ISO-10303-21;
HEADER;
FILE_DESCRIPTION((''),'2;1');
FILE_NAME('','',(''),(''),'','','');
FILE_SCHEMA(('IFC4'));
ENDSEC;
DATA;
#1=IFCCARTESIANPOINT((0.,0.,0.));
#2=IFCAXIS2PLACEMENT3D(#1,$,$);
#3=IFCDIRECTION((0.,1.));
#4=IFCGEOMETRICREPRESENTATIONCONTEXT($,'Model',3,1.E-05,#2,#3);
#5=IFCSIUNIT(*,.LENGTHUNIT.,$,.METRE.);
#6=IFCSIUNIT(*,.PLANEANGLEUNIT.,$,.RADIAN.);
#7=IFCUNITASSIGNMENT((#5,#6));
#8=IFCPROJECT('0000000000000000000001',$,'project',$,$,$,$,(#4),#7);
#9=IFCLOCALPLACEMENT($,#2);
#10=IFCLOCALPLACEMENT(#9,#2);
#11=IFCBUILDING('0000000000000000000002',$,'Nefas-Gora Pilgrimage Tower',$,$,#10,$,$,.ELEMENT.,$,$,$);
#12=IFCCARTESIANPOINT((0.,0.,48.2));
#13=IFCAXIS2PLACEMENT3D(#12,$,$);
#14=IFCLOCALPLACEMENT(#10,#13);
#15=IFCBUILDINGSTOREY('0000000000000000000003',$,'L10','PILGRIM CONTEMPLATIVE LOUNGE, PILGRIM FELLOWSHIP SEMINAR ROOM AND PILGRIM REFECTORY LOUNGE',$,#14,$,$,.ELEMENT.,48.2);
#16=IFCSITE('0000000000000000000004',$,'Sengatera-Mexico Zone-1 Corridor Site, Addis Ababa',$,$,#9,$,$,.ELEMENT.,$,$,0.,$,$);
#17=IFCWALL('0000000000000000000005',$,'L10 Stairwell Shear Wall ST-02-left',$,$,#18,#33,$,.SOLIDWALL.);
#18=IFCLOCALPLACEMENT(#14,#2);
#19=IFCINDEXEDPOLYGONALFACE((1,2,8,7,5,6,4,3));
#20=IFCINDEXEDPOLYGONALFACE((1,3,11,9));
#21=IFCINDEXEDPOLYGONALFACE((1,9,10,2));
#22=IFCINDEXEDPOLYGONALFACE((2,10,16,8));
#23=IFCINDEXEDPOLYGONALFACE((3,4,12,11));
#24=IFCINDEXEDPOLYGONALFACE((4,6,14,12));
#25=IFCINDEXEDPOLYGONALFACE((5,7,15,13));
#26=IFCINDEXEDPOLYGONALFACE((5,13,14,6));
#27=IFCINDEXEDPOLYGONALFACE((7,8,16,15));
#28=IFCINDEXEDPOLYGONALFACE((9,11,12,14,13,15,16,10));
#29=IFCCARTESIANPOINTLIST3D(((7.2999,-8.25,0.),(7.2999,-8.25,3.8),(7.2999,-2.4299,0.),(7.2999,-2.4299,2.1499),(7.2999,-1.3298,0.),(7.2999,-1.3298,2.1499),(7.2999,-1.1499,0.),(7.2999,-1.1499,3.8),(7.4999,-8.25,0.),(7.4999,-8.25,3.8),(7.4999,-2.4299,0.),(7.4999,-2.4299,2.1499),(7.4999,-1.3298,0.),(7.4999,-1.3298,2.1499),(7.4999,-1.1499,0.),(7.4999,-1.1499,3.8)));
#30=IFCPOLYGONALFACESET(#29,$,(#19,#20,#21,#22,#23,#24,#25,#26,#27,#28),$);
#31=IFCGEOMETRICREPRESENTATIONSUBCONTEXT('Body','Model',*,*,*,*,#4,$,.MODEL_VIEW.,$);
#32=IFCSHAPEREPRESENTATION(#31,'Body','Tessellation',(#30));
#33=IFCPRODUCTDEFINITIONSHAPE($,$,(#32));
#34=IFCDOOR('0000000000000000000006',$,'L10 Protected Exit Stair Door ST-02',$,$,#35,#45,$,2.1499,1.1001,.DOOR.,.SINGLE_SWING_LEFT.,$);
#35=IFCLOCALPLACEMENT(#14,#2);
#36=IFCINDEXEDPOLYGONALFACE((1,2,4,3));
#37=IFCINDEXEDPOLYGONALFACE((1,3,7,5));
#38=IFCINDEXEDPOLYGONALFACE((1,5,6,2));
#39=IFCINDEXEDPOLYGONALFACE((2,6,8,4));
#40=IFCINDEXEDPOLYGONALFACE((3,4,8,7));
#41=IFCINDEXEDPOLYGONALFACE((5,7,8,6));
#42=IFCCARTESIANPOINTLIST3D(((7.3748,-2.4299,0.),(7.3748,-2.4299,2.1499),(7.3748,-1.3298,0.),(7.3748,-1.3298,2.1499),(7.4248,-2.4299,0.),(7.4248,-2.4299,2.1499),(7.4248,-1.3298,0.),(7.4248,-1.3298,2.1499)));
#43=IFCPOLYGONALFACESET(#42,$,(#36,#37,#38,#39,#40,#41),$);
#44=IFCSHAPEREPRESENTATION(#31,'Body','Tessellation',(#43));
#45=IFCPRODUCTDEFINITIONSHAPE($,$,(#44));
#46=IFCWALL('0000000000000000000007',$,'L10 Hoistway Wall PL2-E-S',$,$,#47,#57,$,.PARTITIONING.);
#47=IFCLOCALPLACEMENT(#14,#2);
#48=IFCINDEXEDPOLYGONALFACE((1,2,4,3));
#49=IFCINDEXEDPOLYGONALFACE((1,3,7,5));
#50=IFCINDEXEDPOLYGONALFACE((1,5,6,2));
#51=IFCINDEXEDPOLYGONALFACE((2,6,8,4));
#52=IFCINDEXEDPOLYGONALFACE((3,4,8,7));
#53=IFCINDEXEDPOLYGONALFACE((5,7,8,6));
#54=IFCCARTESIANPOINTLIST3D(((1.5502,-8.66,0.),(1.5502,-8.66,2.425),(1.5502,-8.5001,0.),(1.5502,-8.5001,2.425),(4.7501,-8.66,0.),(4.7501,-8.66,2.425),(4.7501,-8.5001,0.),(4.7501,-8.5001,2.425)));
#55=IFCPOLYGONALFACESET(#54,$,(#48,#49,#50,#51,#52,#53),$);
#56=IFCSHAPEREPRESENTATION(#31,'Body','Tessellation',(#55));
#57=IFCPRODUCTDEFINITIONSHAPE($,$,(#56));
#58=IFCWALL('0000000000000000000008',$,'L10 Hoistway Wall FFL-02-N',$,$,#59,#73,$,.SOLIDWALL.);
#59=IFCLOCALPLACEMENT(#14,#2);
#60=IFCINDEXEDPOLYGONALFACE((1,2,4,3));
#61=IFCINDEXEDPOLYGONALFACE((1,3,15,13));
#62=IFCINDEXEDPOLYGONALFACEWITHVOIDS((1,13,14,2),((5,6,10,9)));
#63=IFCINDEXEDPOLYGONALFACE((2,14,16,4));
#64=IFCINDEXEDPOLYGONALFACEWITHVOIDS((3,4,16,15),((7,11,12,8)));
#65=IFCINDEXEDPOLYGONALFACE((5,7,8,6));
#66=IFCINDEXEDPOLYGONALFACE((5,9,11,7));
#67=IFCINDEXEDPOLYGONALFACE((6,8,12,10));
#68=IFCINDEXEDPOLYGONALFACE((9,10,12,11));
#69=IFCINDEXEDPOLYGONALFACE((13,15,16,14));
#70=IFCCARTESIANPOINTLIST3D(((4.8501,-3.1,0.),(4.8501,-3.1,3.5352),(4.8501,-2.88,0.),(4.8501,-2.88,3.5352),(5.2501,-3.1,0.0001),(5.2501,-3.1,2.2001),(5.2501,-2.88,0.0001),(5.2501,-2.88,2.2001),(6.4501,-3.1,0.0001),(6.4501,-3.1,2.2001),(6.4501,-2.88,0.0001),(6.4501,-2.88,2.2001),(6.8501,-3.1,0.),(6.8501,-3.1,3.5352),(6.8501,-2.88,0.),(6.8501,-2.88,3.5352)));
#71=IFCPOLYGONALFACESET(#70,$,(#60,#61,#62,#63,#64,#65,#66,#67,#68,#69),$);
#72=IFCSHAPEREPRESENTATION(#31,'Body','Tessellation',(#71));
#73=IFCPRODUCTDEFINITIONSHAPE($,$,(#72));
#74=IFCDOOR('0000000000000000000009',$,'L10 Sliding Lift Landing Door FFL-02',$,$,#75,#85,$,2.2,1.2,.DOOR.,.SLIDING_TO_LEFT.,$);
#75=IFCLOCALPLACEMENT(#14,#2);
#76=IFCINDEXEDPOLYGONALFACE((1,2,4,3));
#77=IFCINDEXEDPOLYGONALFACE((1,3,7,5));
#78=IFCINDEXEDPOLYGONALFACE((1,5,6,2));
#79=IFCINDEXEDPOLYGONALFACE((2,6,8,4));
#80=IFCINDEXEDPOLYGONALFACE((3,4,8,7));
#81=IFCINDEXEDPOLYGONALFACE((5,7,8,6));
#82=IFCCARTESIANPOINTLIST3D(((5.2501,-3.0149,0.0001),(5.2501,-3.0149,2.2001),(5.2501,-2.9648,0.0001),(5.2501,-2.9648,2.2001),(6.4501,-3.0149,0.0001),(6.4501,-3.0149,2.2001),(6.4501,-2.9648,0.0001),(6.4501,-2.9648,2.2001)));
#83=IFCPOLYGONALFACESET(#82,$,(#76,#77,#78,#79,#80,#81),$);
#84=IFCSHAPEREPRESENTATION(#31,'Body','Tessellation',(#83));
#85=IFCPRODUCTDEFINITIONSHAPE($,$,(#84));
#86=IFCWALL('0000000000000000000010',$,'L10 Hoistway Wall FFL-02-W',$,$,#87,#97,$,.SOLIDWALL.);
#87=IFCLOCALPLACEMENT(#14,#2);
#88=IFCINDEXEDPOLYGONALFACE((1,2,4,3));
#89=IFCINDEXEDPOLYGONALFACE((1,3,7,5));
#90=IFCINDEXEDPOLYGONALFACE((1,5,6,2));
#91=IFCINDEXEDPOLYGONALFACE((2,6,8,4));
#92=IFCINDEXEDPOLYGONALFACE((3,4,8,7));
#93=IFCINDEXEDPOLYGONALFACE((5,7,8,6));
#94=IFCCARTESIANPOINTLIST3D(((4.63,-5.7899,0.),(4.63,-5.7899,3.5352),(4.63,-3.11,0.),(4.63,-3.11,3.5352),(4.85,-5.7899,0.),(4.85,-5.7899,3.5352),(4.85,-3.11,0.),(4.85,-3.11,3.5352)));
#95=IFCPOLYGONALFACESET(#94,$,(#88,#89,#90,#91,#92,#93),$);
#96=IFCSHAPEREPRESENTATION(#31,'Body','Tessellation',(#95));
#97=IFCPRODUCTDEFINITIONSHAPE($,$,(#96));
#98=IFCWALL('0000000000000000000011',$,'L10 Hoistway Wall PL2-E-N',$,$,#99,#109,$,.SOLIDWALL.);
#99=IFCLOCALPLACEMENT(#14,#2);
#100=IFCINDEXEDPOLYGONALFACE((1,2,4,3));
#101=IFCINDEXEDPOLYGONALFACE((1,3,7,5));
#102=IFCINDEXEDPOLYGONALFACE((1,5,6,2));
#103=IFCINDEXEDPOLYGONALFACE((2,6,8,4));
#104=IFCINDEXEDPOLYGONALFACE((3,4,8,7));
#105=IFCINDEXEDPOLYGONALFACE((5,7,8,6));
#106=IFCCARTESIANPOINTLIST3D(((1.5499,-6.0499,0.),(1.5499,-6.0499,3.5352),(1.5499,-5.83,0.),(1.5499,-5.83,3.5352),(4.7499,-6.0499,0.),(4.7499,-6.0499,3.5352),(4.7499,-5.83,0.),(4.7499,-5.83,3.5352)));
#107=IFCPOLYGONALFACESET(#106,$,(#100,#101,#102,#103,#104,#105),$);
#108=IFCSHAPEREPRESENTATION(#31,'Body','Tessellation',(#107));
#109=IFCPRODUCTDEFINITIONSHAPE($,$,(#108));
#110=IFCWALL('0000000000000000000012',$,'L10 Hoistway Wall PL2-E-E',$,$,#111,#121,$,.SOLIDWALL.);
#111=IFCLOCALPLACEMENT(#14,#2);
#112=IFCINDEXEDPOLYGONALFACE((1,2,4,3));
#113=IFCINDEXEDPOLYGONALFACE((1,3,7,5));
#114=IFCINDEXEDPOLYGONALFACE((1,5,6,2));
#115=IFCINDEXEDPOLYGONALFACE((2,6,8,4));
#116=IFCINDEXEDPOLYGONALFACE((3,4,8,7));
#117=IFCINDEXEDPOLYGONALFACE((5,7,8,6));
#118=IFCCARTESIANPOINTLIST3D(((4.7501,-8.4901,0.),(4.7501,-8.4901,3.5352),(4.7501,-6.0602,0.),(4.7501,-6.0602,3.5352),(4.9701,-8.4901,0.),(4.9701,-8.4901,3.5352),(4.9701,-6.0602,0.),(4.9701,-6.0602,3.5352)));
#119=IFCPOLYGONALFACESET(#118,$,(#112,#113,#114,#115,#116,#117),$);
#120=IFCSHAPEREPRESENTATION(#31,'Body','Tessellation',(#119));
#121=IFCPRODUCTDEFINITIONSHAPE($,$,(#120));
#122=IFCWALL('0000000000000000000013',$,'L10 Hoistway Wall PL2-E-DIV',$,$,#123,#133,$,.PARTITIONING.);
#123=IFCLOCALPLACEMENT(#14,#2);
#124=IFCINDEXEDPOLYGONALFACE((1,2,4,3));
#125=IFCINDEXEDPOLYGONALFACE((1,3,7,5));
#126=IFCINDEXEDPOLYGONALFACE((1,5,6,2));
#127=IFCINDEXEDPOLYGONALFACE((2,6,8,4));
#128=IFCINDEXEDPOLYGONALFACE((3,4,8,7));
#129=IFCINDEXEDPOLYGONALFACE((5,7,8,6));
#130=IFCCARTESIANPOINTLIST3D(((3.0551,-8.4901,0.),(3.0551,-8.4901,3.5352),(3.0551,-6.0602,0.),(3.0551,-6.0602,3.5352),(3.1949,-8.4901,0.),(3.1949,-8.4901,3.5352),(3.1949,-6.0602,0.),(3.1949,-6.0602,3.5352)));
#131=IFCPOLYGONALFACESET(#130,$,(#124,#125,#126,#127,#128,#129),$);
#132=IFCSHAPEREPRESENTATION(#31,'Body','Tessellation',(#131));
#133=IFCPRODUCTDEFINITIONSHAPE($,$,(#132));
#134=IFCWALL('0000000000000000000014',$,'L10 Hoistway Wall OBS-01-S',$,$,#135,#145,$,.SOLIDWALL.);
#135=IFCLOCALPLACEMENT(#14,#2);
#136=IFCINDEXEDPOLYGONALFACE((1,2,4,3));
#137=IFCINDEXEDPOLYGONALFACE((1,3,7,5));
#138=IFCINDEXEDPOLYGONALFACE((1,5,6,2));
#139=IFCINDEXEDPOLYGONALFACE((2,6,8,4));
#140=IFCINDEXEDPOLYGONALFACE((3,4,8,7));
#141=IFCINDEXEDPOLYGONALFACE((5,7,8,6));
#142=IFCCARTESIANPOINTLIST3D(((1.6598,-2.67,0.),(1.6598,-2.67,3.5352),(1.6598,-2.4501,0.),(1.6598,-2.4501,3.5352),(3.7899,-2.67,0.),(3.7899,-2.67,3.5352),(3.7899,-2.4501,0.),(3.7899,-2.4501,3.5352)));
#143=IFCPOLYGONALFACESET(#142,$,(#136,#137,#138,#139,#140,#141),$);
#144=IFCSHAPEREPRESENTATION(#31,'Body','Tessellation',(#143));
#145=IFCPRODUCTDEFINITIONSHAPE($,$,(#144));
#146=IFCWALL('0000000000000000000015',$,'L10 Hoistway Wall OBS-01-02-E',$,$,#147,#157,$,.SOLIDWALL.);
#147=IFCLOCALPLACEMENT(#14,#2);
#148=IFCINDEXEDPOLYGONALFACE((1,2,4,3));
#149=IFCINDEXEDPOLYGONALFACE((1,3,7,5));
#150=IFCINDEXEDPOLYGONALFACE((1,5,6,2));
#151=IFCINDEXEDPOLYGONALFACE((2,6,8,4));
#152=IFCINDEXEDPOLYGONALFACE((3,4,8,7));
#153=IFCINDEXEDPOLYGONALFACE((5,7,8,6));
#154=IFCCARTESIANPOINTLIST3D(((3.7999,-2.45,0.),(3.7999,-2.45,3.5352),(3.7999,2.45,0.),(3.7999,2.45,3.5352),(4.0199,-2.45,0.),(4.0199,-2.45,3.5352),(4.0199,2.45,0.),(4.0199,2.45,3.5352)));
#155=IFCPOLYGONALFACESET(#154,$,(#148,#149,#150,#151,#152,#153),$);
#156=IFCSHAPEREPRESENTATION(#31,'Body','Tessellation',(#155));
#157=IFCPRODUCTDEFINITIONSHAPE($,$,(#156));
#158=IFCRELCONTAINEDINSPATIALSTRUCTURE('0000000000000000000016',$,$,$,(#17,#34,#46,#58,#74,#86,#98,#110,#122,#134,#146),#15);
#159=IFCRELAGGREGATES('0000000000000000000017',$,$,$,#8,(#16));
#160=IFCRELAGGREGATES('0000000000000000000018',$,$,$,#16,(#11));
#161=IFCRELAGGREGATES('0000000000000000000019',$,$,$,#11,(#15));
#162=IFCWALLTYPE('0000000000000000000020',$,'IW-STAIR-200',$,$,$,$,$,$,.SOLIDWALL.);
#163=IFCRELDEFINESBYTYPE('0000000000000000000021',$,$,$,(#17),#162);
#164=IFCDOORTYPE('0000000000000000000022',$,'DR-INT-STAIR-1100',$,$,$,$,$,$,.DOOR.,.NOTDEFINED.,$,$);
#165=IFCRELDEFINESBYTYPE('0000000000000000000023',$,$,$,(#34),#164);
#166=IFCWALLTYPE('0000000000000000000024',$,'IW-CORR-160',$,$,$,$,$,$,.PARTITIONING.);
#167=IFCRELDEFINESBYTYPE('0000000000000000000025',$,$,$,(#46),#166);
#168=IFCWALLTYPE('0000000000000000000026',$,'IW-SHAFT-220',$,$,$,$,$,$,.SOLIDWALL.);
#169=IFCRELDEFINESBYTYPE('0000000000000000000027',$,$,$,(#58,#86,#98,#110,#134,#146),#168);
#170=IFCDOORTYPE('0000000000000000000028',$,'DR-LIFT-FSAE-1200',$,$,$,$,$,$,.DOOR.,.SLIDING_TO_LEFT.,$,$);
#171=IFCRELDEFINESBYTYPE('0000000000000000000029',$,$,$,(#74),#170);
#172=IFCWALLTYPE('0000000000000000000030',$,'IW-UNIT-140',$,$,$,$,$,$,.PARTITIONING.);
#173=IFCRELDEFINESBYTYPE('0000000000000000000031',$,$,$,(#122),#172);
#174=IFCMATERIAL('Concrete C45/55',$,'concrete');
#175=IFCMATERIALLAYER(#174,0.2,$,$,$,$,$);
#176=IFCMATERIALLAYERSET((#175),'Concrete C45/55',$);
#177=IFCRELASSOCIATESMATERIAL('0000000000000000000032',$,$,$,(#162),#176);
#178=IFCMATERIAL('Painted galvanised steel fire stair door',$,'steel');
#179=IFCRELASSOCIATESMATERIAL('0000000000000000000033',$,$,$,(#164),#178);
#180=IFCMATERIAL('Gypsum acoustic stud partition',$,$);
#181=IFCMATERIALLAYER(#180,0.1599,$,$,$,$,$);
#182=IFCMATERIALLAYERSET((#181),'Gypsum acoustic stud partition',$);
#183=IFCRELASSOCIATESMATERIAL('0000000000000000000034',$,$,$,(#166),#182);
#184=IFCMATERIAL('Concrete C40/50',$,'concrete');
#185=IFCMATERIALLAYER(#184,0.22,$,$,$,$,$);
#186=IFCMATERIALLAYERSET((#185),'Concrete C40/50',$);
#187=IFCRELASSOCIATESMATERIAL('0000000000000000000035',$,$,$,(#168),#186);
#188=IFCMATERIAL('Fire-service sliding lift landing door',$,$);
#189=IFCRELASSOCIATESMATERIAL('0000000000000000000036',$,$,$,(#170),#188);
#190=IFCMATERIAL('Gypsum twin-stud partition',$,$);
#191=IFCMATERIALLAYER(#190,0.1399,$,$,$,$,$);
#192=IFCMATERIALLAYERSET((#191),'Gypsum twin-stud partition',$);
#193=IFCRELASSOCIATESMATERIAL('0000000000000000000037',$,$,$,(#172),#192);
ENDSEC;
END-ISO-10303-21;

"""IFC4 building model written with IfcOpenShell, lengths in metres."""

from ifc_helpers import new_model, si_unit, direction, frame, frame_2d, origin, place, context, subcontext, project, spatial, rectangle, extrude, source, transform, mapped, material, layer, layer_set, type_object, element, fill, save


model = new_model("IFC4")

# Units and contexts
model_context = context("Model", 3, precision=1e-05, world=origin(), true_north=direction((0.0, 1.0)))
body_context = subcontext(model_context, "Body", "Model", "MODEL_VIEW")
ifc_project = project(units=[si_unit("LENGTHUNIT", "METRE"), si_unit("PLANEANGLEUNIT", "RADIAN")], contexts=[model_context])

# Site, building, storey
site_placement = place(None, origin())
site = spatial("IfcSite", under=ifc_project, at=site_placement, Name="Sengatera-Mexico Zone-1 Corridor Site, Addis Ababa", CompositionType="ELEMENT", RefElevation=0.0)
building_placement = place(site_placement, origin())
building = spatial("IfcBuilding", under=site, at=building_placement, Name="Nefas-Gora Pilgrimage Tower", CompositionType="ELEMENT")
storey_placement = place(building_placement, frame((0.0, 0.0, 48.2)))
storey = spatial("IfcBuildingStorey", under=building, at=storey_placement, Name="L10", Description="PILGRIM CONTEMPLATIVE LOUNGE, PILGRIM FELLOWSHIP SEMINAR ROOM AND PILGRIM REFECTORY LOUNGE", CompositionType="ELEMENT", Elevation=48.2)

# Shared definitions
ifc_material_1 = material(Name="Concrete C45/55", Category="concrete")
ifc_layer_1 = layer(ifc_material_1, 0.2)
ifc_layer_set_1 = layer_set([ifc_layer_1], Name="Concrete C45/55")
wall_type_1 = type_object("IfcWallType", Name="IW-STAIR-200", PredefinedType="SOLIDWALL", material=ifc_layer_set_1)

# Wall, opening, door
shared_shape_1 = source(origin(), body_context, "Body", "SweptSolid", [
    extrude(rectangle(XDim=7.1001, YDim=0.2, at=frame_2d((3.55, 0.0))), origin(), (0.0, 0.0, 1.0), 3.8),
])
wall_1_placement = place(storey_placement, frame((7.3999, -1.1499, 0.0), z_axis=(0.0, 0.0, 1.0), x_axis=(0.0, -1.0, 0.0)))
wall_1 = element("IfcWall", 1, at=wall_1_placement, inside=storey, type_object=wall_type_1, Name="L10 Stairwell Shear Wall ST-02-left", PredefinedType="SOLIDWALL", context=body_context, shape_type="MappedRepresentation", body=[
    mapped(shared_shape_1, transform((0.0, 0.0, 0.0), x_axis=(1.0, 0.0, 0.0), y_axis=(0.0, 1.0, 0.0), z_axis=(0.0, 0.0, 1.0), scale=1.0)),
])
opening_1_placement = place(wall_1_placement, frame((0.1799, 0.0, 0.0)))
opening_1 = element("IfcOpeningElement", 2, at=opening_1_placement, cuts=wall_1, PredefinedType="OPENING", context=body_context, shape_type="SweptSolid", body=[
    extrude(rectangle(XDim=1.1001, YDim=2.1499, at=frame_2d((0.55, 1.075))), frame((0.0, 0.1099, 0.0), z_axis=(0.0, -1.0, 0.0), x_axis=(1.0, 0.0, 0.0)), (0.0, 0.0, 1.0), 0.22),
])
ifc_material_2 = material(Name="Painted galvanised steel fire stair door", Category="steel")
door_type_1 = type_object("IfcDoorType", Name="DR-INT-STAIR-1100", OperationType="NOTDEFINED", PredefinedType="DOOR", material=ifc_material_2)
shared_shape_2 = source(origin(), body_context, "Body", "SweptSolid", [
    extrude(rectangle(XDim=1.1001, YDim=2.1499, at=frame_2d((0.55, 1.075))), frame((0.0, 0.0249, 0.0), z_axis=(0.0, -1.0, 0.0), x_axis=(1.0, 0.0, 0.0)), (0.0, 0.0, 1.0), 0.05),
])
door_1_placement = place(opening_1_placement, origin())
door_1 = element("IfcDoor", 3, at=door_1_placement, inside=storey, type_object=door_type_1, Name="L10 Protected Exit Stair Door ST-02", OperationType="SINGLE_SWING_LEFT", OverallHeight=2.1499, OverallWidth=1.1001, PredefinedType="DOOR", context=body_context, shape_type="MappedRepresentation", body=[
    mapped(shared_shape_2, transform((0.0, 0.0, 0.0), x_axis=(1.0, 0.0, 0.0), y_axis=(0.0, 1.0, 0.0), z_axis=(0.0, 0.0, 1.0), scale=1.0)),
])
fill(opening_1, door_1)

# Wall
ifc_material_3 = material(Name="Gypsum acoustic stud partition")
ifc_layer_2 = layer(ifc_material_3, 0.1599)
ifc_layer_set_2 = layer_set([ifc_layer_2], Name="Gypsum acoustic stud partition")
wall_type_2 = type_object("IfcWallType", Name="IW-CORR-160", PredefinedType="PARTITIONING", material=ifc_layer_set_2)
shared_shape_3 = source(origin(), body_context, "Body", "SweptSolid", [
    extrude(rectangle(XDim=3.2, YDim=0.1599, at=frame_2d((1.6001, 0.0))), origin(), (0.0, 0.0, 1.0), 2.425),
])
wall_2_placement = place(storey_placement, frame((1.55, -8.5801, 0.0), z_axis=(0.0, 0.0, 1.0), x_axis=(1.0, 0.0, 0.0)))
element("IfcWall", 4, at=wall_2_placement, inside=storey, type_object=wall_type_2, Name="L10 Hoistway Wall PL2-E-S", PredefinedType="PARTITIONING", context=body_context, shape_type="MappedRepresentation", body=[
    mapped(shared_shape_3, transform((0.0, 0.0, 0.0), x_axis=(1.0, 0.0, 0.0), y_axis=(0.0, 1.0, 0.0), z_axis=(0.0, 0.0, 1.0), scale=1.0)),
])

# Wall, opening, door
ifc_material_4 = material(Name="Concrete C40/50", Category="concrete")
ifc_layer_3 = layer(ifc_material_4, 0.22)
ifc_layer_set_3 = layer_set([ifc_layer_3], Name="Concrete C40/50")
wall_type_3 = type_object("IfcWallType", Name="IW-SHAFT-220", PredefinedType="SOLIDWALL", material=ifc_layer_set_3)
shared_shape_4 = source(origin(), body_context, "Body", "SweptSolid", [
    extrude(rectangle(XDim=2.0, YDim=0.22, at=frame_2d((1.0, 0.0))), origin(), (0.0, 0.0, 1.0), 3.5352),
])
wall_3_placement = place(storey_placement, frame((6.8501, -2.99, 0.0), z_axis=(0.0, 0.0, 1.0), x_axis=(-1.0, 0.0, 0.0)))
wall_3 = element("IfcWall", 5, at=wall_3_placement, inside=storey, type_object=wall_type_3, Name="L10 Hoistway Wall FFL-02-N", PredefinedType="SOLIDWALL", context=body_context, shape_type="MappedRepresentation", body=[
    mapped(shared_shape_4, transform((0.0, 0.0, 0.0), x_axis=(1.0, 0.0, 0.0), y_axis=(0.0, 1.0, 0.0), z_axis=(0.0, 0.0, 1.0), scale=1.0)),
])
opening_2_placement = place(wall_3_placement, frame((0.3999, 0.0, 0.0)))
opening_2 = element("IfcOpeningElement", 6, at=opening_2_placement, cuts=wall_3, PredefinedType="OPENING", context=body_context, shape_type="SweptSolid", body=[
    extrude(rectangle(XDim=1.2, YDim=2.2, at=frame_2d((0.6001, 1.1001))), frame((0.0, 0.1199, 0.0), z_axis=(0.0, -1.0, 0.0), x_axis=(1.0, 0.0, 0.0)), (0.0, 0.0, 1.0), 0.24),
])
ifc_material_5 = material(Name="Fire-service sliding lift landing door")
door_type_2 = type_object("IfcDoorType", Name="DR-LIFT-FSAE-1200", OperationType="SLIDING_TO_LEFT", PredefinedType="DOOR", material=ifc_material_5)
shared_shape_5 = source(origin(), body_context, "Body", "SweptSolid", [
    extrude(rectangle(XDim=1.2, YDim=2.2, at=frame_2d((0.6001, 1.1001))), frame((0.0, 0.0249, 0.0), z_axis=(0.0, -1.0, 0.0), x_axis=(1.0, 0.0, 0.0)), (0.0, 0.0, 1.0), 0.05),
])
door_2_placement = place(opening_2_placement, origin())
door_2 = element("IfcDoor", 7, at=door_2_placement, inside=storey, type_object=door_type_2, Name="L10 Sliding Lift Landing Door FFL-02", OperationType="SLIDING_TO_LEFT", OverallHeight=2.2, OverallWidth=1.2, PredefinedType="DOOR", context=body_context, shape_type="MappedRepresentation", body=[
    mapped(shared_shape_5, transform((0.0, 0.0, 0.0), x_axis=(1.0, 0.0, 0.0), y_axis=(0.0, 1.0, 0.0), z_axis=(0.0, 0.0, 1.0), scale=1.0)),
])
fill(opening_2, door_2)

# Walls
shared_shape_6 = source(origin(), body_context, "Body", "SweptSolid", [
    extrude(rectangle(XDim=2.6799, YDim=0.22, at=frame_2d((1.3398, 0.0))), origin(), (0.0, 0.0, 1.0), 3.5352),
])
wall_4_placement = place(storey_placement, frame((4.74, -3.1101, 0.0), z_axis=(0.0, 0.0, 1.0), x_axis=(0.0, -1.0, 0.0)))
element("IfcWall", 8, at=wall_4_placement, inside=storey, type_object=wall_type_3, Name="L10 Hoistway Wall FFL-02-W", PredefinedType="SOLIDWALL", context=body_context, shape_type="MappedRepresentation", body=[
    mapped(shared_shape_6, transform((0.0, 0.0, 0.0), x_axis=(1.0, 0.0, 0.0), y_axis=(0.0, 1.0, 0.0), z_axis=(0.0, 0.0, 1.0), scale=1.0)),
])
shared_shape_7 = source(origin(), body_context, "Body", "SweptSolid", [
    extrude(rectangle(XDim=3.2, YDim=0.22, at=frame_2d((1.6001, 0.0))), origin(), (0.0, 0.0, 1.0), 3.5352),
])
wall_5_placement = place(storey_placement, frame((4.75, -5.9399, 0.0), z_axis=(0.0, 0.0, 1.0), x_axis=(-1.0, 0.0, 0.0)))
element("IfcWall", 9, at=wall_5_placement, inside=storey, type_object=wall_type_3, Name="L10 Hoistway Wall PL2-E-N", PredefinedType="SOLIDWALL", context=body_context, shape_type="MappedRepresentation", body=[
    mapped(shared_shape_7, transform((0.0, 0.0, 0.0), x_axis=(1.0, 0.0, 0.0), y_axis=(0.0, 1.0, 0.0), z_axis=(0.0, 0.0, 1.0), scale=1.0)),
])
shared_shape_8 = source(origin(), body_context, "Body", "SweptSolid", [
    extrude(rectangle(XDim=2.4299, YDim=0.22, at=frame_2d((1.2148, 0.0))), origin(), (0.0, 0.0, 1.0), 3.5352),
])
for number, where, z_axis, x_axis, name in (
    (10, (4.8601, -8.49, 0.0), (0.0, 0.0, 1.0), (0.0, 1.0, 0.0), "L10 Hoistway Wall PL2-E-E"),
):
    element("IfcWall", number, at=place(storey_placement, frame(where, z_axis=z_axis, x_axis=x_axis)), inside=storey, type_object=wall_type_3, Name=name, PredefinedType="SOLIDWALL", context=body_context, shape_type="MappedRepresentation", body=[
        mapped(shared_shape_8, transform((0.0, 0.0, 0.0), x_axis=(1.0, 0.0, 0.0), y_axis=(0.0, 1.0, 0.0), z_axis=(0.0, 0.0, 1.0), scale=1.0)),
    ])
ifc_material_6 = material(Name="Gypsum twin-stud partition")
ifc_layer_4 = layer(ifc_material_6, 0.1399)
ifc_layer_set_4 = layer_set([ifc_layer_4], Name="Gypsum twin-stud partition")
wall_type_4 = type_object("IfcWallType", Name="IW-UNIT-140", PredefinedType="PARTITIONING", material=ifc_layer_set_4)
shared_shape_9 = source(origin(), body_context, "Body", "SweptSolid", [
    extrude(rectangle(XDim=2.4299, YDim=0.1399, at=frame_2d((1.2148, 0.0))), origin(), (0.0, 0.0, 1.0), 3.5352),
])
wall_6_placement = place(storey_placement, frame((3.125, -8.49, 0.0), z_axis=(0.0, 0.0, 1.0), x_axis=(0.0, 1.0, 0.0)))
element("IfcWall", 11, at=wall_6_placement, inside=storey, type_object=wall_type_4, Name="L10 Hoistway Wall PL2-E-DIV", PredefinedType="PARTITIONING", context=body_context, shape_type="MappedRepresentation", body=[
    mapped(shared_shape_9, transform((0.0, 0.0, 0.0), x_axis=(1.0, 0.0, 0.0), y_axis=(0.0, 1.0, 0.0), z_axis=(0.0, 0.0, 1.0), scale=1.0)),
])
shared_shape_10 = source(origin(), body_context, "Body", "SweptSolid", [
    extrude(rectangle(XDim=2.1301, YDim=0.22, at=frame_2d((1.0649, 0.0))), origin(), (0.0, 0.0, 1.0), 3.5352),
])
wall_7_placement = place(storey_placement, frame((1.6599, -2.5601, 0.0), z_axis=(0.0, 0.0, 1.0), x_axis=(1.0, 0.0, 0.0)))
element("IfcWall", 12, at=wall_7_placement, inside=storey, type_object=wall_type_3, Name="L10 Hoistway Wall OBS-01-S", PredefinedType="SOLIDWALL", context=body_context, shape_type="MappedRepresentation", body=[
    mapped(shared_shape_10, transform((0.0, 0.0, 0.0), x_axis=(1.0, 0.0, 0.0), y_axis=(0.0, 1.0, 0.0), z_axis=(0.0, 0.0, 1.0), scale=1.0)),
])
shared_shape_11 = source(origin(), body_context, "Body", "SweptSolid", [
    extrude(rectangle(XDim=4.8999, YDim=0.22, at=frame_2d((2.45, 0.0))), origin(), (0.0, 0.0, 1.0), 3.5352),
])
wall_8_placement = place(storey_placement, frame((3.9099, -2.45, 0.0), z_axis=(0.0, 0.0, 1.0), x_axis=(0.0, 1.0, 0.0)))
element("IfcWall", 13, at=wall_8_placement, inside=storey, type_object=wall_type_3, Name="L10 Hoistway Wall OBS-01-02-E", PredefinedType="SOLIDWALL", context=body_context, shape_type="MappedRepresentation", body=[
    mapped(shared_shape_11, transform((0.0, 0.0, 0.0), x_axis=(1.0, 0.0, 0.0), y_axis=(0.0, 1.0, 0.0), z_axis=(0.0, 0.0, 1.0), scale=1.0)),
])

save(model, "model.ifc")
